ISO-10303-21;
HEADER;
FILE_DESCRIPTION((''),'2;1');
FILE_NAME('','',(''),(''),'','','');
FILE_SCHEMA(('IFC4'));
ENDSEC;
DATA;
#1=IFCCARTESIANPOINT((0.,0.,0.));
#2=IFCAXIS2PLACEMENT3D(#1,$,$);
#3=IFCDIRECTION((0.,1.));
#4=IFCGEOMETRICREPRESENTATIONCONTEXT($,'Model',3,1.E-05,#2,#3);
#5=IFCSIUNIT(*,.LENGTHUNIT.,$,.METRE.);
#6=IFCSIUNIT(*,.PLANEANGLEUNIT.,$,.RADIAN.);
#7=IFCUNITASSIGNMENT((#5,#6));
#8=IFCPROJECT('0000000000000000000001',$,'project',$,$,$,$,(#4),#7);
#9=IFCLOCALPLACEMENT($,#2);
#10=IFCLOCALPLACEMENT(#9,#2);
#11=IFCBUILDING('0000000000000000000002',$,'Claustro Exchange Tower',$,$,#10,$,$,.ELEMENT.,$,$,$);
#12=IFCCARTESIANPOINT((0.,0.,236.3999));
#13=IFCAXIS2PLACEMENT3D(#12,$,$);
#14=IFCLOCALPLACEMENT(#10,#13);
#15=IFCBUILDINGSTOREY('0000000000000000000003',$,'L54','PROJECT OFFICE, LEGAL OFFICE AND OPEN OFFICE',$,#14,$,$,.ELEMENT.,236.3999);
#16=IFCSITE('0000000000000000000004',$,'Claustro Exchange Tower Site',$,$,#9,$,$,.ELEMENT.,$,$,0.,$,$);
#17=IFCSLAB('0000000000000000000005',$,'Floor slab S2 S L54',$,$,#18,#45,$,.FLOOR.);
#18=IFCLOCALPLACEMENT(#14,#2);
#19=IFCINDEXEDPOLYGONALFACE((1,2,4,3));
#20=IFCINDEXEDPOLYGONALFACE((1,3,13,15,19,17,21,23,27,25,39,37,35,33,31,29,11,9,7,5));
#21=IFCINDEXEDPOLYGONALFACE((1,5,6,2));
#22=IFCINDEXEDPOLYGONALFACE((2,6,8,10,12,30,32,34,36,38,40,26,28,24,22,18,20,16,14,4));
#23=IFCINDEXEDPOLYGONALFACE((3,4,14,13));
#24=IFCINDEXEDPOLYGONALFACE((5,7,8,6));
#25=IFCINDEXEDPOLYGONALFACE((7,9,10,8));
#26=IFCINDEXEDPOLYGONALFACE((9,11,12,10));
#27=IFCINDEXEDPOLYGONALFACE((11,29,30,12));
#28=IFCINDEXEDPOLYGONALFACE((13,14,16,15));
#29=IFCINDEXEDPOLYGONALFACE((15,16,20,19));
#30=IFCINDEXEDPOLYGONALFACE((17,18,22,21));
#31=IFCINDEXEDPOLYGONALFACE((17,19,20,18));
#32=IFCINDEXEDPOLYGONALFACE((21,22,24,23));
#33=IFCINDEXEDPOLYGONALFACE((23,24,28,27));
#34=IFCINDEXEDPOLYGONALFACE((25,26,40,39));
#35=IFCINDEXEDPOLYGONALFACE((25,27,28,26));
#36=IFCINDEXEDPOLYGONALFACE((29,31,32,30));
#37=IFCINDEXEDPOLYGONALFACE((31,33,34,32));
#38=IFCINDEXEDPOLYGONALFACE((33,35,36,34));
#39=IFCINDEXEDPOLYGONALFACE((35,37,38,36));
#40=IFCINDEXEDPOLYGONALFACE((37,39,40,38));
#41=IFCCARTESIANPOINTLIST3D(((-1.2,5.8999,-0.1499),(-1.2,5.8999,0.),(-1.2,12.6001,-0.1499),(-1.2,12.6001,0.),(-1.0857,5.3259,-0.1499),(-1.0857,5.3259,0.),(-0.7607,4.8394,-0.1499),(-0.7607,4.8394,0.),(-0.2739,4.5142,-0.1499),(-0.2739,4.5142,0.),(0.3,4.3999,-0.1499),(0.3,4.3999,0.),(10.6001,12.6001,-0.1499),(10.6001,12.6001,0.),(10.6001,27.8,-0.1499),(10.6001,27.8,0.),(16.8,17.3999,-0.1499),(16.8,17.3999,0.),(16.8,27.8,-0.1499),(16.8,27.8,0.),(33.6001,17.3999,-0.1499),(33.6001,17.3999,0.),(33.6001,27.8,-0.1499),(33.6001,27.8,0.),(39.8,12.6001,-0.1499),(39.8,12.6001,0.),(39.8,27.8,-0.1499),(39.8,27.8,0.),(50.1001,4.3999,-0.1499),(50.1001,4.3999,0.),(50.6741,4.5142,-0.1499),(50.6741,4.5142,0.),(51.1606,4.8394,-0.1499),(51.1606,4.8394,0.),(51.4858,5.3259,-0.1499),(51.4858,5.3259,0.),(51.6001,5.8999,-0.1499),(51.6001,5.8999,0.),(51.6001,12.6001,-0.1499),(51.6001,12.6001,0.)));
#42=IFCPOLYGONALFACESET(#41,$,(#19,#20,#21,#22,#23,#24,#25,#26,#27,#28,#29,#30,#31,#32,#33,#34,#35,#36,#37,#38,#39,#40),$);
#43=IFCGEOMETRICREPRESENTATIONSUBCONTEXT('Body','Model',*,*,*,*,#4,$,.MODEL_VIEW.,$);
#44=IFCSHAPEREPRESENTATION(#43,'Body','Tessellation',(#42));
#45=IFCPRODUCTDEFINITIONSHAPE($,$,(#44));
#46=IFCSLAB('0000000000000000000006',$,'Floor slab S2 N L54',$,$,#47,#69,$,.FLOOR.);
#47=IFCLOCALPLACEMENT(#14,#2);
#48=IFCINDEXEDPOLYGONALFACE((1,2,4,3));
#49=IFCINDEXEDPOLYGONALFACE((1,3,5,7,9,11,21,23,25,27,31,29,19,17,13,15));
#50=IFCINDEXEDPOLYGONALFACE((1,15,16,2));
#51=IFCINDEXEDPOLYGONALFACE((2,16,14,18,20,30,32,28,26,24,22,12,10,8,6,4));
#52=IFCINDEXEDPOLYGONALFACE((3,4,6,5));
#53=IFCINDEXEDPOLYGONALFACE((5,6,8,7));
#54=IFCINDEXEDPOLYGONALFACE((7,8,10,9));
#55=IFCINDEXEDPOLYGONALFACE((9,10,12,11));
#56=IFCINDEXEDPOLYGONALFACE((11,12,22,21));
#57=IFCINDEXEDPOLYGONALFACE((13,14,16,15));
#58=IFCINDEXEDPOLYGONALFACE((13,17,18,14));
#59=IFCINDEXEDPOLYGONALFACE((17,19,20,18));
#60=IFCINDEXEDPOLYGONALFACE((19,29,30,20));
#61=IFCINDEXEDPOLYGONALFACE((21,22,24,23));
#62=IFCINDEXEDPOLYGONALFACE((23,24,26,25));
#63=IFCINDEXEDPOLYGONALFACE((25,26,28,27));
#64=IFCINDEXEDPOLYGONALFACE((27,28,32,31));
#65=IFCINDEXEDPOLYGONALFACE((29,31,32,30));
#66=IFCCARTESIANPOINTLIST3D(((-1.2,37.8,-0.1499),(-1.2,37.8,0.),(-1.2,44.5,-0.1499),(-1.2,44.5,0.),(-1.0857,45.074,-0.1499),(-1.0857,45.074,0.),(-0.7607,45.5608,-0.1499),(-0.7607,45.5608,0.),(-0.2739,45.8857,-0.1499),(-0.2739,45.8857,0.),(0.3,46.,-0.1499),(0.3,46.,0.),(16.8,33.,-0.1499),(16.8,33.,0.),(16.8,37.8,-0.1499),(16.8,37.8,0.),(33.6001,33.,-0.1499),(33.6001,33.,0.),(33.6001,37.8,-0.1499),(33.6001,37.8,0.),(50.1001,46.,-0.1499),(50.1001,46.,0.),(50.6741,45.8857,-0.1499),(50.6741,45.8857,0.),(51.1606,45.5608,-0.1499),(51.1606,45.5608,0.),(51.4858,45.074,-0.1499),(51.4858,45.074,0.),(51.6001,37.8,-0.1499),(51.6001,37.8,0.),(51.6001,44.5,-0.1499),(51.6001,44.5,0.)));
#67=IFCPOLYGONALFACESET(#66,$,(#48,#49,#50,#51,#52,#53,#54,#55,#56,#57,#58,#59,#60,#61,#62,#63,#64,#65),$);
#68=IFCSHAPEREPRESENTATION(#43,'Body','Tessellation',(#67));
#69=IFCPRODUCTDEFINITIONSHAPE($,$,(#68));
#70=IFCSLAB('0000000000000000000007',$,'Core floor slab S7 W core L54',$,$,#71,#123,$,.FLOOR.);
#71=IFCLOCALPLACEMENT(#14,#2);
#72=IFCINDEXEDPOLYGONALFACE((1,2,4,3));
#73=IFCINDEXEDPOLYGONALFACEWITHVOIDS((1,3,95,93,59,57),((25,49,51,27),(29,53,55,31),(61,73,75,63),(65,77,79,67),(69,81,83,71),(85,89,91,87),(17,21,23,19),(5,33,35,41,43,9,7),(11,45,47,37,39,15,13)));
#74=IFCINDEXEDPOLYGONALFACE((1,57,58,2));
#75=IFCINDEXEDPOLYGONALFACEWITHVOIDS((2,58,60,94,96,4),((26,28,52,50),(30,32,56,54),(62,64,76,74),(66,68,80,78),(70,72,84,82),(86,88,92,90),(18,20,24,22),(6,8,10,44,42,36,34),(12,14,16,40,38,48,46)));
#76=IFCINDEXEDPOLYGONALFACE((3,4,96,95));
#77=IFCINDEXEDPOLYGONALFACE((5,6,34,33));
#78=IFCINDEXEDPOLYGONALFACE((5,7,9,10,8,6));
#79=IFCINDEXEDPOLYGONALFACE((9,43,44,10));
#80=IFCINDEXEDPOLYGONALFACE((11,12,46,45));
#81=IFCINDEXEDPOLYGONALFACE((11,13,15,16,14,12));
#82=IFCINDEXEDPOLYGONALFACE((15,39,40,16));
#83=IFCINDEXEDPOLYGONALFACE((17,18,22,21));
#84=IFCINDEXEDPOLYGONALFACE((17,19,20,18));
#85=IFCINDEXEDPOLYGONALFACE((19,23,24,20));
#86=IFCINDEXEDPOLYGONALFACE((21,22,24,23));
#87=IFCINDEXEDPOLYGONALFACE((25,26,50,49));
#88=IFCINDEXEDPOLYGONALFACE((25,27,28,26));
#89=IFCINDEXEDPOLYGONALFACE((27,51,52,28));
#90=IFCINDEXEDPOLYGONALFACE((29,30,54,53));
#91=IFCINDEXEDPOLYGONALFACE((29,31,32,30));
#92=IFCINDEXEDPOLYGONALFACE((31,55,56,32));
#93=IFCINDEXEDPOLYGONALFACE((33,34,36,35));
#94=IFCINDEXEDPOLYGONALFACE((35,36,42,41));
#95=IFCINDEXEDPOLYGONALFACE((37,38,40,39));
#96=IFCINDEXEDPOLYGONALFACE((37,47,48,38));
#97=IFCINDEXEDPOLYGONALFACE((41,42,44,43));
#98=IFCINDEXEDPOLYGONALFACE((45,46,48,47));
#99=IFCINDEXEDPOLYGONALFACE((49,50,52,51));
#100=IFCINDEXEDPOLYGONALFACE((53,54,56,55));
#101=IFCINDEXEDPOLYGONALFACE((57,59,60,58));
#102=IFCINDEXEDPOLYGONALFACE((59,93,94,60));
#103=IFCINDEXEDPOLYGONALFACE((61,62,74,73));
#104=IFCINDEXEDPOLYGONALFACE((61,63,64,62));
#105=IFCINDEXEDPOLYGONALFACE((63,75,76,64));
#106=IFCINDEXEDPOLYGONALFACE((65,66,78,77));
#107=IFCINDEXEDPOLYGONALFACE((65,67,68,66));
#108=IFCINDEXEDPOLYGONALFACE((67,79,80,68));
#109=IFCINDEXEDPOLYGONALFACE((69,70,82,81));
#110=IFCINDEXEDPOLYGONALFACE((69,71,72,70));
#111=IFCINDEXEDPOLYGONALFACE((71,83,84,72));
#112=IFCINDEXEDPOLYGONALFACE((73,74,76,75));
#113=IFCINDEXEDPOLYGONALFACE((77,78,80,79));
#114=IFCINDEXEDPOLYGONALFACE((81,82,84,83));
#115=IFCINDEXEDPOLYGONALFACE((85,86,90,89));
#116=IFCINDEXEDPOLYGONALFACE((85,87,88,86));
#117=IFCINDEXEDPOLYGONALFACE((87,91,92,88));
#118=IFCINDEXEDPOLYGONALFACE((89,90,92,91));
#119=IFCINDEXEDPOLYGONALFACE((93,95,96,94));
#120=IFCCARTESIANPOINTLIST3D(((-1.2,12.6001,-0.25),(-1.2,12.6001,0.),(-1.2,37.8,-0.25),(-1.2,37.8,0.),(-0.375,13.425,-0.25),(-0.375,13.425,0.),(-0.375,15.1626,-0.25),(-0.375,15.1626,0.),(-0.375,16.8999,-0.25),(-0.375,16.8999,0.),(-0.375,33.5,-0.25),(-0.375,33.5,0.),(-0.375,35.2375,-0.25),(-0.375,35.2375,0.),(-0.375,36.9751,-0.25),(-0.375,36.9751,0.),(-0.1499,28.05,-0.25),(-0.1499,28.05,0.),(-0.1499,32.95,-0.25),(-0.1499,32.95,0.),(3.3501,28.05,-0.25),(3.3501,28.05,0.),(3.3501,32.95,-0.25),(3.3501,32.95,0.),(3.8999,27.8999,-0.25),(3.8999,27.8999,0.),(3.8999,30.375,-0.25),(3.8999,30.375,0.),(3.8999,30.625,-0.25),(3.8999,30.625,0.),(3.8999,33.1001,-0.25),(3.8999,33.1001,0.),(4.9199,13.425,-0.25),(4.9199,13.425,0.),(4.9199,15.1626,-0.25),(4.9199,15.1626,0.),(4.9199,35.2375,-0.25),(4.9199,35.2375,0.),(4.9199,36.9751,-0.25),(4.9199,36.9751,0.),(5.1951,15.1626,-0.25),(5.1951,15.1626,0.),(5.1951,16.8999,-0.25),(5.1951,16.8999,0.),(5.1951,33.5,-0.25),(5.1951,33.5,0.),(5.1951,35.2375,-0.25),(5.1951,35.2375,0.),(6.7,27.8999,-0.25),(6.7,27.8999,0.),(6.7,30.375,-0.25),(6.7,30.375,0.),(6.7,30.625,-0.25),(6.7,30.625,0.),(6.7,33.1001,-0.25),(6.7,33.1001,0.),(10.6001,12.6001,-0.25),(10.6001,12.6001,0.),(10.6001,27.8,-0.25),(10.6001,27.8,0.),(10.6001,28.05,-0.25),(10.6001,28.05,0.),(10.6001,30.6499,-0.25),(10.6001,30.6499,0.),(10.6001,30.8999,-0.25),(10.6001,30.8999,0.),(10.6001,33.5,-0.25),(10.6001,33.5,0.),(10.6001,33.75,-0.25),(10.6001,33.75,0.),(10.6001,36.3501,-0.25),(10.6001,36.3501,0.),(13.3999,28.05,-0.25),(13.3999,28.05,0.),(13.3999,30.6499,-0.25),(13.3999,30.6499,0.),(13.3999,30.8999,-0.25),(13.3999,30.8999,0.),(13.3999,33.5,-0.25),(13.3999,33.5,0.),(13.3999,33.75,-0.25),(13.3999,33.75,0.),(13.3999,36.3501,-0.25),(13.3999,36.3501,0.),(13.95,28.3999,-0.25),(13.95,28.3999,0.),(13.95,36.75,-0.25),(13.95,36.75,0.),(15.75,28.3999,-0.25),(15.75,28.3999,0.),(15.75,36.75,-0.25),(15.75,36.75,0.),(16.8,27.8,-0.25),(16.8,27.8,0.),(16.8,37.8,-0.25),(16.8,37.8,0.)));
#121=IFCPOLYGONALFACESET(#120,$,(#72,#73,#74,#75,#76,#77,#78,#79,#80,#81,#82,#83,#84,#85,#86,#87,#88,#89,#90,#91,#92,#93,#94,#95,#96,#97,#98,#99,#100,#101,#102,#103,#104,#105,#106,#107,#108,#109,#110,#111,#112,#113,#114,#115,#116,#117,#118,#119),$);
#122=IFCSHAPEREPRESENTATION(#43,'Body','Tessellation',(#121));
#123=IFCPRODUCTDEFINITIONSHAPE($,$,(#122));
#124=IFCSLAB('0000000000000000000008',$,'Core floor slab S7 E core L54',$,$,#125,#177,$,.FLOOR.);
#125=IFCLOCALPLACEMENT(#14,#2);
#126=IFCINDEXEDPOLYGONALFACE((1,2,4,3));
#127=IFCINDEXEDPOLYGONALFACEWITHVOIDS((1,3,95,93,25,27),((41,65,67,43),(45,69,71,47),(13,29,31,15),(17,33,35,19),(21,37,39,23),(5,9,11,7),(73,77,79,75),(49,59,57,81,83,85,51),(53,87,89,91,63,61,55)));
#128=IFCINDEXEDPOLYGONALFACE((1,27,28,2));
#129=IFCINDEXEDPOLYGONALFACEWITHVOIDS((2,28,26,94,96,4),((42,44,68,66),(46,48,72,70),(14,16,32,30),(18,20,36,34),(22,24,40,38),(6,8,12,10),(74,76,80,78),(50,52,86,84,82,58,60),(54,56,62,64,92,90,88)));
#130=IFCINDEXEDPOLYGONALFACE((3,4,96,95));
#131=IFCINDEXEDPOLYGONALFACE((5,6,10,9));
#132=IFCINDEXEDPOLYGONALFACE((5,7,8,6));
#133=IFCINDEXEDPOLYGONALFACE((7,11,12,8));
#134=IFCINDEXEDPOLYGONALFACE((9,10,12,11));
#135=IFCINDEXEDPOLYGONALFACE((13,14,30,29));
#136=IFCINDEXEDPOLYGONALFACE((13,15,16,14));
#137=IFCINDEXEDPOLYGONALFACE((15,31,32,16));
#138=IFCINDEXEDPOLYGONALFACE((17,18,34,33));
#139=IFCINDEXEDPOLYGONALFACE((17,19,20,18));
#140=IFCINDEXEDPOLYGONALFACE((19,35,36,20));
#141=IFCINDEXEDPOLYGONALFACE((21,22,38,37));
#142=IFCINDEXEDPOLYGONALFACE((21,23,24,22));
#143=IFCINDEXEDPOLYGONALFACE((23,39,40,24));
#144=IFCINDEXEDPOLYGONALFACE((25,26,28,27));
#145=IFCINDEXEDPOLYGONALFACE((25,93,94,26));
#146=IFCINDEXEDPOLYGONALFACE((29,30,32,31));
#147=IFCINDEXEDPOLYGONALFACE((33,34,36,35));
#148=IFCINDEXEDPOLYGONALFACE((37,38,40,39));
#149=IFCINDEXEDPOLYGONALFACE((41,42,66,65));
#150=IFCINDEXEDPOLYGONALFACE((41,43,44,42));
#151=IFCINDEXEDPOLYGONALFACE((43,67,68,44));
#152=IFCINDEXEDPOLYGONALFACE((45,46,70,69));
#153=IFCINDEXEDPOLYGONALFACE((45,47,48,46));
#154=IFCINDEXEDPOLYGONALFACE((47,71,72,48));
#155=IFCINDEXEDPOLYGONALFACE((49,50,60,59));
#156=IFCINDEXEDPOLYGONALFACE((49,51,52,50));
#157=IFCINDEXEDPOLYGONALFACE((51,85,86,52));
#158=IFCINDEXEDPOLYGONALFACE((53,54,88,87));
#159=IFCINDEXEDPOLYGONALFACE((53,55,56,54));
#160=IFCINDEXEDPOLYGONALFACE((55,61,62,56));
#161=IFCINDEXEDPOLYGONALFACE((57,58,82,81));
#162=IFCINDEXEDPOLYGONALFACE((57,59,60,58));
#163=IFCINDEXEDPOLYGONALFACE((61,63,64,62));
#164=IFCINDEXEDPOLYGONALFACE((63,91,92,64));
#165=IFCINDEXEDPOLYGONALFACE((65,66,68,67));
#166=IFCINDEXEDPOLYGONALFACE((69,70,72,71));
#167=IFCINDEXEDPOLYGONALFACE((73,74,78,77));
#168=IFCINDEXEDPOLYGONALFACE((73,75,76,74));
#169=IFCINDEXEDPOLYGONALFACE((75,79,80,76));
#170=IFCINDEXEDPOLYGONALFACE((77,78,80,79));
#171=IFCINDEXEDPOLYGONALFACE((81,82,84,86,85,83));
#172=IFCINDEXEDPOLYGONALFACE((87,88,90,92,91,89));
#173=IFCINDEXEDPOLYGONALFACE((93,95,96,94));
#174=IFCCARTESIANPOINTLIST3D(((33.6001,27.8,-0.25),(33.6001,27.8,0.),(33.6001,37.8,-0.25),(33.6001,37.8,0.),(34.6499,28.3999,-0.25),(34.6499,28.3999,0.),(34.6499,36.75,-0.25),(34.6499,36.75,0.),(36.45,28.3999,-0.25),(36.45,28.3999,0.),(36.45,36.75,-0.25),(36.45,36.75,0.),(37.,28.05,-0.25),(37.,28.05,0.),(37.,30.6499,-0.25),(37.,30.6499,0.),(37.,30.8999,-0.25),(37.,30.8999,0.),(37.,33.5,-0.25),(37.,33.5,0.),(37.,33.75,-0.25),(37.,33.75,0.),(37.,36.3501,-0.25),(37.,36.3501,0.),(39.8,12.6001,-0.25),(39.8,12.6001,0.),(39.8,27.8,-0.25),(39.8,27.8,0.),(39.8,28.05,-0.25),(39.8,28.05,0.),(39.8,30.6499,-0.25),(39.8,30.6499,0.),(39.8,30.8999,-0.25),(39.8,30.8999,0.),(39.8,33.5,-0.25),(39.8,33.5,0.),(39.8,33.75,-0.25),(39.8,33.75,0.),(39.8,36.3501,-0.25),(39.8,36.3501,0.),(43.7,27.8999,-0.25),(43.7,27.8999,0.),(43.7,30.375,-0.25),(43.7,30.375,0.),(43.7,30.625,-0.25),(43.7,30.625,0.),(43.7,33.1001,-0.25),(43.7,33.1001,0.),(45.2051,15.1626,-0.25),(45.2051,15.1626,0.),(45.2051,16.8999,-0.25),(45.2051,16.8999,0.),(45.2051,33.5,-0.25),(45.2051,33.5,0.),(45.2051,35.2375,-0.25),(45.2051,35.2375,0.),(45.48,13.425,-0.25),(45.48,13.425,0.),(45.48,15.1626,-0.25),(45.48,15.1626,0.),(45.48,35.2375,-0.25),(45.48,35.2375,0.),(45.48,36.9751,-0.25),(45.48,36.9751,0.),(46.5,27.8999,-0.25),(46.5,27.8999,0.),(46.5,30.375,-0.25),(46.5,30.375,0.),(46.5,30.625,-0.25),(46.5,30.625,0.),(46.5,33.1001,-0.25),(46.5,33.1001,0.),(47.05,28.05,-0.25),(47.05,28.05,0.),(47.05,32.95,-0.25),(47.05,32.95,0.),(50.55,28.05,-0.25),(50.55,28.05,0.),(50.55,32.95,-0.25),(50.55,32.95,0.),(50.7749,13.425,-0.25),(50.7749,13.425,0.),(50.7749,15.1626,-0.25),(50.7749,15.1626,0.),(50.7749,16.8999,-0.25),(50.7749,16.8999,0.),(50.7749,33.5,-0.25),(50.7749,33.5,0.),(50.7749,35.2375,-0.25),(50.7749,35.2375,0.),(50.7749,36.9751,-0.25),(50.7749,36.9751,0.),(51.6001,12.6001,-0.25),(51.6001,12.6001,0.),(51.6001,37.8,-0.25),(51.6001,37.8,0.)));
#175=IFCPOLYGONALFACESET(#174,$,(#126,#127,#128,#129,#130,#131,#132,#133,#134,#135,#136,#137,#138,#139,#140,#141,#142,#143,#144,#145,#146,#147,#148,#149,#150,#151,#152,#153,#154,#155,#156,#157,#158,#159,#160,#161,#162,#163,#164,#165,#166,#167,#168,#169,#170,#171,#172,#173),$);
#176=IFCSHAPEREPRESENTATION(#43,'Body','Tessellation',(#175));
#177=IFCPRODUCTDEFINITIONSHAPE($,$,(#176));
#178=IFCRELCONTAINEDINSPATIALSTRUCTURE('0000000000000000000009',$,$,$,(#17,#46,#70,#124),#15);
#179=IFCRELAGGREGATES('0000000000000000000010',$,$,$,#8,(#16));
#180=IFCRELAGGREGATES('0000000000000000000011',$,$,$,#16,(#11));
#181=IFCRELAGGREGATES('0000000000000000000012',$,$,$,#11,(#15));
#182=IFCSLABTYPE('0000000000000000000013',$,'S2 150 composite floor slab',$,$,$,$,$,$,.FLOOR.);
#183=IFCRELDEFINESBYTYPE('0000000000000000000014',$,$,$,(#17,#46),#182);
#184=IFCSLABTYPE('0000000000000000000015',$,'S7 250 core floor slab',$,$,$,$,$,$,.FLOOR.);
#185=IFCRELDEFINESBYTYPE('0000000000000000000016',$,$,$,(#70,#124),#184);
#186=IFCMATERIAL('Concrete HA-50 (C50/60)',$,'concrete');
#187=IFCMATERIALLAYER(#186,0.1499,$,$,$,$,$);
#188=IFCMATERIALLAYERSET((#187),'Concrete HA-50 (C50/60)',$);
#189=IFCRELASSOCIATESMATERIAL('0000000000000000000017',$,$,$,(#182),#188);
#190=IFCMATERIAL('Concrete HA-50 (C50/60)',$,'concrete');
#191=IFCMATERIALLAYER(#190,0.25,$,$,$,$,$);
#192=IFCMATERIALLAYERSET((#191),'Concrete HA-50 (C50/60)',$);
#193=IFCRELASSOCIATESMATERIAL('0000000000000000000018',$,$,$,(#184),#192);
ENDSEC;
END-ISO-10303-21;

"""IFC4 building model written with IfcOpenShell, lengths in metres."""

from ifc_helpers import new_model, si_unit, direction, frame, origin, place, context, subcontext, project, spatial, polyline, outline, extrude, material, layer, layer_set, type_object, element, save


model = new_model("IFC4")

# Units and contexts
model_context = context("Model", 3, precision=1e-05, world=origin(), true_north=direction((0.0, 1.0)))
body_context = subcontext(model_context, "Body", "Model", "MODEL_VIEW")
ifc_project = project(units=[si_unit("LENGTHUNIT", "METRE"), si_unit("PLANEANGLEUNIT", "RADIAN")], contexts=[model_context])

# Site, building, storey
site_placement = place(None, origin())
site = spatial("IfcSite", under=ifc_project, at=site_placement, Name="Claustro Exchange Tower Site", CompositionType="ELEMENT", RefElevation=0.0)
building_placement = place(site_placement, origin())
building = spatial("IfcBuilding", under=site, at=building_placement, Name="Claustro Exchange Tower", CompositionType="ELEMENT")
storey_placement = place(building_placement, frame((0.0, 0.0, 236.3999)))
storey = spatial("IfcBuildingStorey", under=building, at=storey_placement, Name="L54", Description="PROJECT OFFICE, LEGAL OFFICE AND OPEN OFFICE", CompositionType="ELEMENT", Elevation=236.3999)

# Slabs
ifc_material_1 = material(Name="Concrete HA-50 (C50/60)", Category="concrete")
ifc_layer_1 = layer(ifc_material_1, 0.1499)
ifc_layer_set_1 = layer_set([ifc_layer_1], Name="Concrete HA-50 (C50/60)")
slab_type_1 = type_object("IfcSlabType", Name="S2 150 composite floor slab", PredefinedType="FLOOR", material=ifc_layer_set_1)
slab_1_placement = place(storey_placement, frame((0.0, 0.0, -0.1499)))
element("IfcSlab", 1, at=slab_1_placement, inside=storey, type_object=slab_type_1, Name="Floor slab S2 S L54", PredefinedType="FLOOR", context=body_context, shape_type="SweptSolid", body=[
    extrude(outline(polyline([(-0.2739, 4.5142), (0.3, 4.3999), (50.1001, 4.3999), (50.6741, 4.5142), (51.1606, 4.8394), (51.4858, 5.3259), (51.6001, 5.8999), (51.6001, 12.6001), (39.8, 12.6001), (39.8, 27.8), (33.6001, 27.8), (33.6001, 17.3999), (16.8, 17.3999), (16.8, 27.8), (10.6001, 27.8), (10.6001, 12.6001), (-1.2, 12.6001), (-1.2, 5.8999), (-1.0857, 5.3259), (-0.7607, 4.8394), (-0.2739, 4.5142)])), origin(), (0.0, 0.0, 1.0), 0.1499),
])
slab_2_placement = place(storey_placement, frame((0.0, 0.0, -0.1499)))
element("IfcSlab", 2, at=slab_2_placement, inside=storey, type_object=slab_type_1, Name="Floor slab S2 N L54", PredefinedType="FLOOR", context=body_context, shape_type="SweptSolid", body=[
    extrude(outline(polyline([(16.8, 37.8), (16.8, 33.0), (33.6001, 33.0), (33.6001, 37.8), (51.6001, 37.8), (51.6001, 44.5), (51.4858, 45.074), (51.1606, 45.5608), (50.6741, 45.8857), (50.1001, 46.0), (0.3, 46.0), (-0.2739, 45.8857), (-0.7607, 45.5608), (-1.0857, 45.074), (-1.2, 44.5), (-1.2, 37.8), (16.8, 37.8)])), origin(), (0.0, 0.0, 1.0), 0.1499),
])
ifc_material_2 = material(Name="Concrete HA-50 (C50/60)", Category="concrete")
ifc_layer_2 = layer(ifc_material_2, 0.25)
ifc_layer_set_2 = layer_set([ifc_layer_2], Name="Concrete HA-50 (C50/60)")
slab_type_2 = type_object("IfcSlabType", Name="S7 250 core floor slab", PredefinedType="FLOOR", material=ifc_layer_set_2)
slab_3_placement = place(storey_placement, frame((0.0, 0.0, -0.25)))
element("IfcSlab", 3, at=slab_3_placement, inside=storey, type_object=slab_type_2, Name="Core floor slab S7 W core L54", PredefinedType="FLOOR", context=body_context, shape_type="SweptSolid", body=[
    extrude(outline(polyline([(-1.2, 37.8), (-1.2, 12.6001), (10.6001, 12.6001), (10.6001, 27.8), (16.8, 27.8), (16.8, 37.8), (-1.2, 37.8)]), holes=[polyline([(13.95, 36.75), (15.75, 36.75), (15.75, 28.3999), (13.95, 28.3999), (13.95, 36.75)]), polyline([(10.6001, 30.6499), (13.3999, 30.6499), (13.3999, 28.05), (10.6001, 28.05), (10.6001, 30.6499)]), polyline([(10.6001, 33.5), (13.3999, 33.5), (13.3999, 30.8999), (10.6001, 30.8999), (10.6001, 33.5)]), polyline([(13.3999, 36.3501), (13.3999, 33.75), (10.6001, 33.75), (10.6001, 36.3501), (13.3999, 36.3501)]), polyline([(3.8999, 30.375), (6.7, 30.375), (6.7, 27.8999), (3.8999, 27.8999), (3.8999, 30.375)]), polyline([(3.8999, 33.1001), (6.7, 33.1001), (6.7, 30.625), (3.8999, 30.625), (3.8999, 33.1001)]), polyline([(-0.375, 15.1626), (-0.375, 16.8999), (5.1951, 16.8999), (5.1951, 15.1626), (4.9199, 15.1626), (4.9199, 13.425), (-0.375, 13.425), (-0.375, 15.1626)]), polyline([(-0.375, 35.2375), (-0.375, 36.9751), (4.9199, 36.9751), (4.9199, 35.2375), (5.1951, 35.2375), (5.1951, 33.5), (-0.375, 33.5), (-0.375, 35.2375)]), polyline([(-0.1499, 32.95), (3.3501, 32.95), (3.3501, 28.05), (-0.1499, 28.05), (-0.1499, 32.95)])]), origin(), (0.0, 0.0, 1.0), 0.25),
])
slab_4_placement = place(storey_placement, frame((0.0, 0.0, -0.25)))
element("IfcSlab", 4, at=slab_4_placement, inside=storey, type_object=slab_type_2, Name="Core floor slab S7 E core L54", PredefinedType="FLOOR", context=body_context, shape_type="SweptSolid", body=[
    extrude(outline(polyline([(51.6001, 37.8), (33.6001, 37.8), (33.6001, 27.8), (39.8, 27.8), (39.8, 12.6001), (51.6001, 12.6001), (51.6001, 37.8)]), holes=[polyline([(45.48, 15.1626), (45.2051, 15.1626), (45.2051, 16.8999), (50.7749, 16.8999), (50.7749, 15.1626), (50.7749, 13.425), (45.48, 13.425), (45.48, 15.1626)]), polyline([(45.48, 35.2375), (45.48, 36.9751), (50.7749, 36.9751), (50.7749, 35.2375), (50.7749, 33.5), (45.2051, 33.5), (45.2051, 35.2375), (45.48, 35.2375)]), polyline([(47.05, 32.95), (50.55, 32.95), (50.55, 28.05), (47.05, 28.05), (47.05, 32.95)]), polyline([(43.7, 30.375), (46.5, 30.375), (46.5, 27.8999), (43.7, 27.8999), (43.7, 30.375)]), polyline([(43.7, 33.1001), (46.5, 33.1001), (46.5, 30.625), (43.7, 30.625), (43.7, 33.1001)]), polyline([(37.0, 30.6499), (39.8, 30.6499), (39.8, 28.05), (37.0, 28.05), (37.0, 30.6499)]), polyline([(37.0, 33.5), (39.8, 33.5), (39.8, 30.8999), (37.0, 30.8999), (37.0, 33.5)]), polyline([(39.8, 36.3501), (39.8, 33.75), (37.0, 33.75), (37.0, 36.3501), (39.8, 36.3501)]), polyline([(34.6499, 36.75), (36.45, 36.75), (36.45, 28.3999), (34.6499, 28.3999), (34.6499, 36.75)])]), origin(), (0.0, 0.0, 1.0), 0.25),
])

save(model, "model.ifc")
